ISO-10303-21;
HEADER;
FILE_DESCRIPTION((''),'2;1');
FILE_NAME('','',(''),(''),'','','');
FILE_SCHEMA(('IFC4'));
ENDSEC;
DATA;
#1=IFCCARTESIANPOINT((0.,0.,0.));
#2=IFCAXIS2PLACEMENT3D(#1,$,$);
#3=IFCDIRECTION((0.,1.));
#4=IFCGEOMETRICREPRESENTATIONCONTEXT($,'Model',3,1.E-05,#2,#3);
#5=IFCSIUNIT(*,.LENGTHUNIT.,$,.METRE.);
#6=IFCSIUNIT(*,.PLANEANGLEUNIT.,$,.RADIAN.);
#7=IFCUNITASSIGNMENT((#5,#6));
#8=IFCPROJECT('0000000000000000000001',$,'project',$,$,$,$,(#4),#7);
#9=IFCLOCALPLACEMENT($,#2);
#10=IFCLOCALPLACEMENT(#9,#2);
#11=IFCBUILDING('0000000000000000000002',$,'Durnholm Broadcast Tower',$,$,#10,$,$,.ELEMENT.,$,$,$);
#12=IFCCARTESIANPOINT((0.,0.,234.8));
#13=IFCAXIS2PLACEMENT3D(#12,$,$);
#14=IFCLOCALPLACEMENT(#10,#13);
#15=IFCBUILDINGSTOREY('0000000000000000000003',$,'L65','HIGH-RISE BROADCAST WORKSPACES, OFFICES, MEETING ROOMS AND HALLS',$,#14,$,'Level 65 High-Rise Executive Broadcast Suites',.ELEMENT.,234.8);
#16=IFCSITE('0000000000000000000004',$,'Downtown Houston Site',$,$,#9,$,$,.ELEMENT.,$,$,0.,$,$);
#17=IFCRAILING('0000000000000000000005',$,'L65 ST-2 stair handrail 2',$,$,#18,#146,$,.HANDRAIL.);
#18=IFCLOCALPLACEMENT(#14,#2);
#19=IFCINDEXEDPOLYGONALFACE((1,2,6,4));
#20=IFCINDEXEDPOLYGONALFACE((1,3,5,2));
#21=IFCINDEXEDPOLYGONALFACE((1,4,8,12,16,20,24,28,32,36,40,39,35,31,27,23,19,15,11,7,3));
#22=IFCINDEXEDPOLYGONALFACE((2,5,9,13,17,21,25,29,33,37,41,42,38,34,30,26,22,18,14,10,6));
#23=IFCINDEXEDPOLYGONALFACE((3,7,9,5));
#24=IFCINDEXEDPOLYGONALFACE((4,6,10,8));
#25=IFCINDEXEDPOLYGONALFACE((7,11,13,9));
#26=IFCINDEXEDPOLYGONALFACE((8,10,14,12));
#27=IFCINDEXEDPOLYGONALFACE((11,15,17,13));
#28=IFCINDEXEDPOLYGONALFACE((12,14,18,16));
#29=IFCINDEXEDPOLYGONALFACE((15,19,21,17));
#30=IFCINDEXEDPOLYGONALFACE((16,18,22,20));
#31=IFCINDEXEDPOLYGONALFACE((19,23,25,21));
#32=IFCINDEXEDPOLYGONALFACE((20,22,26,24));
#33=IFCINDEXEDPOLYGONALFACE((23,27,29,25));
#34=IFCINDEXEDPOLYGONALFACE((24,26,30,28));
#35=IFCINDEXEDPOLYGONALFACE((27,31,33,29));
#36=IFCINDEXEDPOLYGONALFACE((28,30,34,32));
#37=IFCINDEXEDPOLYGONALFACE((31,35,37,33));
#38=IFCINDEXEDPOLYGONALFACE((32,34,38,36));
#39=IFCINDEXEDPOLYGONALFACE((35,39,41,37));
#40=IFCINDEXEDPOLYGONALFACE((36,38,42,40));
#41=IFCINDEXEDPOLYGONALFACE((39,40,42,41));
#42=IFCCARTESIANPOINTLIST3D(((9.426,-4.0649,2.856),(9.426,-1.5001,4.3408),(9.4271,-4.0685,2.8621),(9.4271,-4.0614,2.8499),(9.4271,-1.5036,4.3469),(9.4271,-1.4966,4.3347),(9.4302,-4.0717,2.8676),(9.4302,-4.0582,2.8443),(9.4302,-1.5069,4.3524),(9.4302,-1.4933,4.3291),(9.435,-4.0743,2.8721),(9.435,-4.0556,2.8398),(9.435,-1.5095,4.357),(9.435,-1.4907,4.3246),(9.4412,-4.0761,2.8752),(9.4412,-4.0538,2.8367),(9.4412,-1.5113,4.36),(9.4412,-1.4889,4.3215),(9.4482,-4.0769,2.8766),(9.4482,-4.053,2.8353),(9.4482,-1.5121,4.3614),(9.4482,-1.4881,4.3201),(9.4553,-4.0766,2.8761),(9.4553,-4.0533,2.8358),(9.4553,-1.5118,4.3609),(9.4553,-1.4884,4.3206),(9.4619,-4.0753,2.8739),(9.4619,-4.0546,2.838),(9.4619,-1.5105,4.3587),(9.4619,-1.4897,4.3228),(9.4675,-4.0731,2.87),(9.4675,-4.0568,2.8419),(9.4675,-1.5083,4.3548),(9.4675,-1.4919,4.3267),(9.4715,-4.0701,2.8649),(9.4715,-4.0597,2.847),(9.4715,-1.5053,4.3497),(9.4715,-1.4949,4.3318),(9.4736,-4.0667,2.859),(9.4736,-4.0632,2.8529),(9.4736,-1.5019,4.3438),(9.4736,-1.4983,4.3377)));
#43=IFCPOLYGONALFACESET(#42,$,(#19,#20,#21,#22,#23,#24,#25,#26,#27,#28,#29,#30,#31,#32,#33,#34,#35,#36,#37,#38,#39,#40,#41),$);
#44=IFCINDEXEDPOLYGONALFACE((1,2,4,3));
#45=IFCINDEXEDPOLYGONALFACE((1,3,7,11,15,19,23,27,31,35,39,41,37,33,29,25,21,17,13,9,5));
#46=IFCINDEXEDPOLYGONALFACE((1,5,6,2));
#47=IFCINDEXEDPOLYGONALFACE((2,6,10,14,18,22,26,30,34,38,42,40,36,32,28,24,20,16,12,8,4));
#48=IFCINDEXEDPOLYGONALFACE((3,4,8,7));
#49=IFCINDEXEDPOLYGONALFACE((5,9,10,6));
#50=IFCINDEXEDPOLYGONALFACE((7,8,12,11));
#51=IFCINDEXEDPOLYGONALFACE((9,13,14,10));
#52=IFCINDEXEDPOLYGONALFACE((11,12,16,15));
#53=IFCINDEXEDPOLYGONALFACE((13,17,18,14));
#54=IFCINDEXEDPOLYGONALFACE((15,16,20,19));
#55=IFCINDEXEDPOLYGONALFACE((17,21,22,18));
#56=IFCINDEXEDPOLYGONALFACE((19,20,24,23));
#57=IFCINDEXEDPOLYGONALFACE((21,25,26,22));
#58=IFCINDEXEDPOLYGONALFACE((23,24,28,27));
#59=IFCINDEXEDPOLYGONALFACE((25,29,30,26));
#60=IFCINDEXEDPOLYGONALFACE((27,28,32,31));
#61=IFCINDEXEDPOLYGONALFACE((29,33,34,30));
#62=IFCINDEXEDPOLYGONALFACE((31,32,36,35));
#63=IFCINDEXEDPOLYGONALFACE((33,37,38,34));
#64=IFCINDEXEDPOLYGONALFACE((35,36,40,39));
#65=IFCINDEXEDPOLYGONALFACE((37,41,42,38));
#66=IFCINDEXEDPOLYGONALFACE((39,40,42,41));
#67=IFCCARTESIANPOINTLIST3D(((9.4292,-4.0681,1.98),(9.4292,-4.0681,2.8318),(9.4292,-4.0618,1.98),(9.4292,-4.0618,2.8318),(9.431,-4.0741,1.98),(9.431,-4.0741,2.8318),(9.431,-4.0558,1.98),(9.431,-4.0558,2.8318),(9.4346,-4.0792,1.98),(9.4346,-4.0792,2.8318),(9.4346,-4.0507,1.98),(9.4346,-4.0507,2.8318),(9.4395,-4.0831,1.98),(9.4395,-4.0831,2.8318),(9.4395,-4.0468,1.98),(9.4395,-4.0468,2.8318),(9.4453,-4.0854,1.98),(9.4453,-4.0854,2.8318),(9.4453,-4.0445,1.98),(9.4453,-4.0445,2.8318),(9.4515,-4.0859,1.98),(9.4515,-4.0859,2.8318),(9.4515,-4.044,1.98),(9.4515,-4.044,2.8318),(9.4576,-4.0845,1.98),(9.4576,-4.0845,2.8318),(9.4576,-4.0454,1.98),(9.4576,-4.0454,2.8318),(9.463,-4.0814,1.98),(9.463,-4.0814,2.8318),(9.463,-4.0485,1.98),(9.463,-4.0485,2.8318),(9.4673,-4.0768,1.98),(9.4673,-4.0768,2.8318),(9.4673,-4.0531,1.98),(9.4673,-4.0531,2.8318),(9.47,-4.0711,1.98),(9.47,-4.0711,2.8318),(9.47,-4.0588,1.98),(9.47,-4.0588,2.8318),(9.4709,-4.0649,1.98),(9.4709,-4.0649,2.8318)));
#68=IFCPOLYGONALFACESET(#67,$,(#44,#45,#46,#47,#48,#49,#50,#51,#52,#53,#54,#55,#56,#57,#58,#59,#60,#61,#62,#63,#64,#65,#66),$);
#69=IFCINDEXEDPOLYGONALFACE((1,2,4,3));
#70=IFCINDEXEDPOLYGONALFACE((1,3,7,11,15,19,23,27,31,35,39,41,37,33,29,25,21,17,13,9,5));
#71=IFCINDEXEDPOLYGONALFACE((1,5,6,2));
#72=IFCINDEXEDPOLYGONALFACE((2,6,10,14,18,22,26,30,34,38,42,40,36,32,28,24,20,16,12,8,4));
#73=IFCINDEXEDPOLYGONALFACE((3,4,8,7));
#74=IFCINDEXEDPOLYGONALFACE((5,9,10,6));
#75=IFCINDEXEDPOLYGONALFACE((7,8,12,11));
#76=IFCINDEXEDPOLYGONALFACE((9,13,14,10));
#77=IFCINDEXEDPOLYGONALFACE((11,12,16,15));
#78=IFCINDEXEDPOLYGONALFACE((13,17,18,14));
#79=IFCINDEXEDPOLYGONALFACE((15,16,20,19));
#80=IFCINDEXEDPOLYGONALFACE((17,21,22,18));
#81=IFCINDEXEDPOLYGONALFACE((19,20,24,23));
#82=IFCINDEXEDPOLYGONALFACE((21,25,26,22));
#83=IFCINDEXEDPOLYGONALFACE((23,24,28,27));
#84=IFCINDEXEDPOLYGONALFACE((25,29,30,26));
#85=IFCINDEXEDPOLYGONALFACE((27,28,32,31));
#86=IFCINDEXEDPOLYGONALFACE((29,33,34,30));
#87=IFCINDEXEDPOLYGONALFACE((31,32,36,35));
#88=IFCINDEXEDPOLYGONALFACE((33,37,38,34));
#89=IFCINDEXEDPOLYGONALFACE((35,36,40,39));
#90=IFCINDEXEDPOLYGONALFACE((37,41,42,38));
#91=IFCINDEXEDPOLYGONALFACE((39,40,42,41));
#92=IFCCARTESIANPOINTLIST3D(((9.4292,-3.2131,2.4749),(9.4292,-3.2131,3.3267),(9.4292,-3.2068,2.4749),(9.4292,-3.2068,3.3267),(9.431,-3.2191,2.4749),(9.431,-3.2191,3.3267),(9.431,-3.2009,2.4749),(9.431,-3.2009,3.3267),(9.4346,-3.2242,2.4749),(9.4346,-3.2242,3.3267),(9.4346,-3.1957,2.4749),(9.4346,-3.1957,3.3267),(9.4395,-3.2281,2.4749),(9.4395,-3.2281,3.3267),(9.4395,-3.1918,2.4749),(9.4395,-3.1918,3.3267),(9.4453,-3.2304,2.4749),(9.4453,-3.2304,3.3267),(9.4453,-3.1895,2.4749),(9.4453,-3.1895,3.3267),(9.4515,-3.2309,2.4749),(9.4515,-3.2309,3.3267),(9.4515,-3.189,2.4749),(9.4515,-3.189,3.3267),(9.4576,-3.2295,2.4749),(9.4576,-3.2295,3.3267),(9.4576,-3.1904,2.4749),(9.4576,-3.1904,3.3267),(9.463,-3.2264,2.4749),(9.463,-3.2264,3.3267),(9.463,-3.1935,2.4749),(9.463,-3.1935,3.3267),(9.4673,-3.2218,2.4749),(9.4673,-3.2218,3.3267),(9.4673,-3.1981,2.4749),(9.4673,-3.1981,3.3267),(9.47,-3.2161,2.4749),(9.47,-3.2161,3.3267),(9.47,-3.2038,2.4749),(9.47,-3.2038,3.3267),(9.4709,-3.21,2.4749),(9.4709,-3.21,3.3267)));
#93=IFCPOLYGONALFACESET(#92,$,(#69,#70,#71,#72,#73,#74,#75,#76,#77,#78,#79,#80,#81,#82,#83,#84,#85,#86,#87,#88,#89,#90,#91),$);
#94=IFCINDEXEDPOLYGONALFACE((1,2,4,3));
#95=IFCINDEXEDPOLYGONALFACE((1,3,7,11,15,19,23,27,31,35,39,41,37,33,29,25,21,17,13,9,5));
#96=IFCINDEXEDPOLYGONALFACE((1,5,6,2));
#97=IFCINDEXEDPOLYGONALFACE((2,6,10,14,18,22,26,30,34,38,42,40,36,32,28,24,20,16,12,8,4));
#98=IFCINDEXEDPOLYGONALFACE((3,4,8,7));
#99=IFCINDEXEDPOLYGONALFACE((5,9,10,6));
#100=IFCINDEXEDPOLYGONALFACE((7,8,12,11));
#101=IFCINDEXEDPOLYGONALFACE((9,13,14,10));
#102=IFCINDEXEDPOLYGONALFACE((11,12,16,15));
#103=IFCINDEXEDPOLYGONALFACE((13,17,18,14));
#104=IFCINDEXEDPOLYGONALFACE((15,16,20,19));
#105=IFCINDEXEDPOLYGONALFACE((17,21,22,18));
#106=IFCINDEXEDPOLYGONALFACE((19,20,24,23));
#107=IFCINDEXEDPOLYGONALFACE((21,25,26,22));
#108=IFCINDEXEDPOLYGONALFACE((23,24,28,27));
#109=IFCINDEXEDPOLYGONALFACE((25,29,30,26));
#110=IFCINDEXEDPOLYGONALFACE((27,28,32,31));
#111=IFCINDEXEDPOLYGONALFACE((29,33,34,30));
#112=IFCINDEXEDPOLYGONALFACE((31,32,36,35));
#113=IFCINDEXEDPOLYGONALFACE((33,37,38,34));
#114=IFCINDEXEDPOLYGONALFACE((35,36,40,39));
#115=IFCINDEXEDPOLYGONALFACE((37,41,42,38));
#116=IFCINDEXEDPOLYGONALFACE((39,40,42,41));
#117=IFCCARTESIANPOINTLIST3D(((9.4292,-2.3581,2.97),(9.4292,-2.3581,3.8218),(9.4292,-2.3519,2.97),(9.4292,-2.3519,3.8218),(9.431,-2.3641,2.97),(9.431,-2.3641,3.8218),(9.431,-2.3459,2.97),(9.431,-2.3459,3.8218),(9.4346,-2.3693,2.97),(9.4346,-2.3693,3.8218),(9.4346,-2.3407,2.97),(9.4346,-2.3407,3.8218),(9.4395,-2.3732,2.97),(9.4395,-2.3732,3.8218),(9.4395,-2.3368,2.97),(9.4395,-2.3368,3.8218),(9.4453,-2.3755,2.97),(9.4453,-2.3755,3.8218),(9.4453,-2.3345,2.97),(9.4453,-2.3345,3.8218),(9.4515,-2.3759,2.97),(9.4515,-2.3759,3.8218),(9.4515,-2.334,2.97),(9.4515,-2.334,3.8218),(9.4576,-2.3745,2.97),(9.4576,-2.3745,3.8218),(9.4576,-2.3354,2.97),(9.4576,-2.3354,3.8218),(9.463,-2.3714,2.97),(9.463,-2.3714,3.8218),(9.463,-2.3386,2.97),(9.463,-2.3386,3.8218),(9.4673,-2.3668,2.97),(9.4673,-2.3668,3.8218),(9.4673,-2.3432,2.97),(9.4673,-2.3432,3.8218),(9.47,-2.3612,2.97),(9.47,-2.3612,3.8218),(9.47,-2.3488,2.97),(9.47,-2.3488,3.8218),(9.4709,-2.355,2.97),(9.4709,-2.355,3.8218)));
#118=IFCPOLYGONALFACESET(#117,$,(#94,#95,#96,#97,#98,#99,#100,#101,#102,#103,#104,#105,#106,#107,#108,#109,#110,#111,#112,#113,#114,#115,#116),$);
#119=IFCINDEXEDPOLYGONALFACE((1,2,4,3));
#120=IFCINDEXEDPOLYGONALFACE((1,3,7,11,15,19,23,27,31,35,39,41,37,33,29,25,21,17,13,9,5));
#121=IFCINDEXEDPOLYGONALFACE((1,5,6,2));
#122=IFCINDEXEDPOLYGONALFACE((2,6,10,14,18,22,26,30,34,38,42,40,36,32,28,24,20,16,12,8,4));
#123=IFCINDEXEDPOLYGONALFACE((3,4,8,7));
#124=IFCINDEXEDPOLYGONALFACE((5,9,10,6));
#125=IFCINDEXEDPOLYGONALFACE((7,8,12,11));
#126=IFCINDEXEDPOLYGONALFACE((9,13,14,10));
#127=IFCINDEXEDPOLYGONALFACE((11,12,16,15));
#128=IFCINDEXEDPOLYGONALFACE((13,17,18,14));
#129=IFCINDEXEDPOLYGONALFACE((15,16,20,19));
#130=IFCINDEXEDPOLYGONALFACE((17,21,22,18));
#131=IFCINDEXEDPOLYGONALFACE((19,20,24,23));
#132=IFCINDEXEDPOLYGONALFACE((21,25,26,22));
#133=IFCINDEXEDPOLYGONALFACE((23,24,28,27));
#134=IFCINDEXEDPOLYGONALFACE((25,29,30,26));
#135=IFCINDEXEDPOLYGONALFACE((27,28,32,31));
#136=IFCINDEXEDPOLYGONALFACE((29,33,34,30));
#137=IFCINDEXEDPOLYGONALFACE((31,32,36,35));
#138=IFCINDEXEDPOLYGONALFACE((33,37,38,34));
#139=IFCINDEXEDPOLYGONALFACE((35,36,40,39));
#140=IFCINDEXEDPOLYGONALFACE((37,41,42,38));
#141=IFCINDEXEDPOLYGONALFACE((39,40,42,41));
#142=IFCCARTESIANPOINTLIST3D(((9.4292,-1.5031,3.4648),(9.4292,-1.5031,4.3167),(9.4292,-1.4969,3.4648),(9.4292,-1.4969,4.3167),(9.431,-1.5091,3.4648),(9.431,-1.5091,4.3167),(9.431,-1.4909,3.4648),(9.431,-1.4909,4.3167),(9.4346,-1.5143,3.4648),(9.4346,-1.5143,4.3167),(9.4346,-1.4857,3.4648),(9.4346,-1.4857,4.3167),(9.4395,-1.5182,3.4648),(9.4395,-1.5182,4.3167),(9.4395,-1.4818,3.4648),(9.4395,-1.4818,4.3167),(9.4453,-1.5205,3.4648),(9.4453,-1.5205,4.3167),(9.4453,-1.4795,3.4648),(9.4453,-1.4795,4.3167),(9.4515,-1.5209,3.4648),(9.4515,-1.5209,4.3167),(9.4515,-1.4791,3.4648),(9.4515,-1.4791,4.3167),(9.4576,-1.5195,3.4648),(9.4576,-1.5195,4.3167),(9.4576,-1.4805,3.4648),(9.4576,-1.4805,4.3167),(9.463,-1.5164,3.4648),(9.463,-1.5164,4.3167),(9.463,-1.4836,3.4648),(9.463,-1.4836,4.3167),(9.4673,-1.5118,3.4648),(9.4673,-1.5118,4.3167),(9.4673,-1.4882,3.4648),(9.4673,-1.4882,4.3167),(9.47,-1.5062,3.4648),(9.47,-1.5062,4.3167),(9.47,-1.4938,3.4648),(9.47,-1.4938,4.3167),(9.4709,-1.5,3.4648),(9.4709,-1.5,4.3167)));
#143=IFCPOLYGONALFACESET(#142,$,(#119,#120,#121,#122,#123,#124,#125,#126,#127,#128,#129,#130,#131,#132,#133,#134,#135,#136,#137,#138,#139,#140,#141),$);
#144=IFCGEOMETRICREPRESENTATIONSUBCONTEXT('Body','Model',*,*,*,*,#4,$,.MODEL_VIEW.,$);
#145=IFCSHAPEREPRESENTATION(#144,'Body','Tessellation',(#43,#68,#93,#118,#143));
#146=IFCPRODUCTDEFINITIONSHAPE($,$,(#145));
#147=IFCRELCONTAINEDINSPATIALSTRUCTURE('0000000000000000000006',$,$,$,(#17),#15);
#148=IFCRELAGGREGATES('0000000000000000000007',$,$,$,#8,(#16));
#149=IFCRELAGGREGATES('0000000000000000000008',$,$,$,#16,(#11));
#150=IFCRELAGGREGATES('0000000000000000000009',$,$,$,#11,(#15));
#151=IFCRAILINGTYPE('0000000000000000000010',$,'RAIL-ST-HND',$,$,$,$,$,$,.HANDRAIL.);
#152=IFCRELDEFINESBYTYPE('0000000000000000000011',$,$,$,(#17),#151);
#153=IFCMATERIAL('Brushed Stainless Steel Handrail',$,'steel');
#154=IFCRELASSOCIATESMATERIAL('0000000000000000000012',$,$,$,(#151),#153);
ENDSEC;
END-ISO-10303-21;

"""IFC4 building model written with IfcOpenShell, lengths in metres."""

from ifc_helpers import new_model, si_unit, direction, frame, origin, origin_2d, place, context, subcontext, project, spatial, circle, extrude, material, type_object, element, save


model = new_model("IFC4")

# Units and contexts
model_context = context("Model", 3, precision=1e-05, world=origin(), true_north=direction((0.0, 1.0)))
body_context = subcontext(model_context, "Body", "Model", "MODEL_VIEW")
ifc_project = project(units=[si_unit("LENGTHUNIT", "METRE"), si_unit("PLANEANGLEUNIT", "RADIAN")], contexts=[model_context])

# Site, building, storey
site_placement = place(None, origin())
site = spatial("IfcSite", under=ifc_project, at=site_placement, Name="Downtown Houston Site", CompositionType="ELEMENT", RefElevation=0.0)
building_placement = place(site_placement, origin())
building = spatial("IfcBuilding", under=site, at=building_placement, Name="Durnholm Broadcast Tower", CompositionType="ELEMENT")
storey_placement = place(building_placement, frame((0.0, 0.0, 234.8)))
storey = spatial("IfcBuildingStorey", under=building, at=storey_placement, Name="L65", Description="HIGH-RISE BROADCAST WORKSPACES, OFFICES, MEETING ROOMS AND HALLS", LongName="Level 65 High-Rise Executive Broadcast Suites", CompositionType="ELEMENT", Elevation=234.8)

# Railing
ifc_material_1 = material(Name="Brushed Stainless Steel Handrail", Category="steel")
railing_type = type_object("IfcRailingType", Name="RAIL-ST-HND", PredefinedType="HANDRAIL", material=ifc_material_1)
railing_placement = place(storey_placement, frame((9.45, -4.0649, 1.98)))
element("IfcRailing", 1, at=railing_placement, inside=storey, type_object=railing_type, Name="L65 ST-2 stair handrail 2", PredefinedType="HANDRAIL", context=body_context, shape_type="SweptSolid", body=[
    extrude(circle(Radius=0.0239, at=origin_2d()), frame((0.0, 0.0, 0.876), z_axis=(0.0, 0.865441, 0.50101), x_axis=(-1.0, 0.0, 0.0)), (0.0, 0.0, 1.0), 2.9636),
    extrude(circle(Radius=0.021, at=origin_2d()), origin(), (0.0, 0.0, 1.0), 0.8518),
    extrude(circle(Radius=0.021, at=origin_2d()), frame((0.0, 0.855, 0.4949)), (0.0, 0.0, 1.0), 0.8518),
    extrude(circle(Radius=0.021, at=origin_2d()), frame((0.0, 1.71, 0.99)), (0.0, 0.0, 1.0), 0.8518),
    extrude(circle(Radius=0.021, at=origin_2d()), frame((0.0, 2.5649, 1.4849)), (0.0, 0.0, 1.0), 0.8518),
])

save(model, "model.ifc")
